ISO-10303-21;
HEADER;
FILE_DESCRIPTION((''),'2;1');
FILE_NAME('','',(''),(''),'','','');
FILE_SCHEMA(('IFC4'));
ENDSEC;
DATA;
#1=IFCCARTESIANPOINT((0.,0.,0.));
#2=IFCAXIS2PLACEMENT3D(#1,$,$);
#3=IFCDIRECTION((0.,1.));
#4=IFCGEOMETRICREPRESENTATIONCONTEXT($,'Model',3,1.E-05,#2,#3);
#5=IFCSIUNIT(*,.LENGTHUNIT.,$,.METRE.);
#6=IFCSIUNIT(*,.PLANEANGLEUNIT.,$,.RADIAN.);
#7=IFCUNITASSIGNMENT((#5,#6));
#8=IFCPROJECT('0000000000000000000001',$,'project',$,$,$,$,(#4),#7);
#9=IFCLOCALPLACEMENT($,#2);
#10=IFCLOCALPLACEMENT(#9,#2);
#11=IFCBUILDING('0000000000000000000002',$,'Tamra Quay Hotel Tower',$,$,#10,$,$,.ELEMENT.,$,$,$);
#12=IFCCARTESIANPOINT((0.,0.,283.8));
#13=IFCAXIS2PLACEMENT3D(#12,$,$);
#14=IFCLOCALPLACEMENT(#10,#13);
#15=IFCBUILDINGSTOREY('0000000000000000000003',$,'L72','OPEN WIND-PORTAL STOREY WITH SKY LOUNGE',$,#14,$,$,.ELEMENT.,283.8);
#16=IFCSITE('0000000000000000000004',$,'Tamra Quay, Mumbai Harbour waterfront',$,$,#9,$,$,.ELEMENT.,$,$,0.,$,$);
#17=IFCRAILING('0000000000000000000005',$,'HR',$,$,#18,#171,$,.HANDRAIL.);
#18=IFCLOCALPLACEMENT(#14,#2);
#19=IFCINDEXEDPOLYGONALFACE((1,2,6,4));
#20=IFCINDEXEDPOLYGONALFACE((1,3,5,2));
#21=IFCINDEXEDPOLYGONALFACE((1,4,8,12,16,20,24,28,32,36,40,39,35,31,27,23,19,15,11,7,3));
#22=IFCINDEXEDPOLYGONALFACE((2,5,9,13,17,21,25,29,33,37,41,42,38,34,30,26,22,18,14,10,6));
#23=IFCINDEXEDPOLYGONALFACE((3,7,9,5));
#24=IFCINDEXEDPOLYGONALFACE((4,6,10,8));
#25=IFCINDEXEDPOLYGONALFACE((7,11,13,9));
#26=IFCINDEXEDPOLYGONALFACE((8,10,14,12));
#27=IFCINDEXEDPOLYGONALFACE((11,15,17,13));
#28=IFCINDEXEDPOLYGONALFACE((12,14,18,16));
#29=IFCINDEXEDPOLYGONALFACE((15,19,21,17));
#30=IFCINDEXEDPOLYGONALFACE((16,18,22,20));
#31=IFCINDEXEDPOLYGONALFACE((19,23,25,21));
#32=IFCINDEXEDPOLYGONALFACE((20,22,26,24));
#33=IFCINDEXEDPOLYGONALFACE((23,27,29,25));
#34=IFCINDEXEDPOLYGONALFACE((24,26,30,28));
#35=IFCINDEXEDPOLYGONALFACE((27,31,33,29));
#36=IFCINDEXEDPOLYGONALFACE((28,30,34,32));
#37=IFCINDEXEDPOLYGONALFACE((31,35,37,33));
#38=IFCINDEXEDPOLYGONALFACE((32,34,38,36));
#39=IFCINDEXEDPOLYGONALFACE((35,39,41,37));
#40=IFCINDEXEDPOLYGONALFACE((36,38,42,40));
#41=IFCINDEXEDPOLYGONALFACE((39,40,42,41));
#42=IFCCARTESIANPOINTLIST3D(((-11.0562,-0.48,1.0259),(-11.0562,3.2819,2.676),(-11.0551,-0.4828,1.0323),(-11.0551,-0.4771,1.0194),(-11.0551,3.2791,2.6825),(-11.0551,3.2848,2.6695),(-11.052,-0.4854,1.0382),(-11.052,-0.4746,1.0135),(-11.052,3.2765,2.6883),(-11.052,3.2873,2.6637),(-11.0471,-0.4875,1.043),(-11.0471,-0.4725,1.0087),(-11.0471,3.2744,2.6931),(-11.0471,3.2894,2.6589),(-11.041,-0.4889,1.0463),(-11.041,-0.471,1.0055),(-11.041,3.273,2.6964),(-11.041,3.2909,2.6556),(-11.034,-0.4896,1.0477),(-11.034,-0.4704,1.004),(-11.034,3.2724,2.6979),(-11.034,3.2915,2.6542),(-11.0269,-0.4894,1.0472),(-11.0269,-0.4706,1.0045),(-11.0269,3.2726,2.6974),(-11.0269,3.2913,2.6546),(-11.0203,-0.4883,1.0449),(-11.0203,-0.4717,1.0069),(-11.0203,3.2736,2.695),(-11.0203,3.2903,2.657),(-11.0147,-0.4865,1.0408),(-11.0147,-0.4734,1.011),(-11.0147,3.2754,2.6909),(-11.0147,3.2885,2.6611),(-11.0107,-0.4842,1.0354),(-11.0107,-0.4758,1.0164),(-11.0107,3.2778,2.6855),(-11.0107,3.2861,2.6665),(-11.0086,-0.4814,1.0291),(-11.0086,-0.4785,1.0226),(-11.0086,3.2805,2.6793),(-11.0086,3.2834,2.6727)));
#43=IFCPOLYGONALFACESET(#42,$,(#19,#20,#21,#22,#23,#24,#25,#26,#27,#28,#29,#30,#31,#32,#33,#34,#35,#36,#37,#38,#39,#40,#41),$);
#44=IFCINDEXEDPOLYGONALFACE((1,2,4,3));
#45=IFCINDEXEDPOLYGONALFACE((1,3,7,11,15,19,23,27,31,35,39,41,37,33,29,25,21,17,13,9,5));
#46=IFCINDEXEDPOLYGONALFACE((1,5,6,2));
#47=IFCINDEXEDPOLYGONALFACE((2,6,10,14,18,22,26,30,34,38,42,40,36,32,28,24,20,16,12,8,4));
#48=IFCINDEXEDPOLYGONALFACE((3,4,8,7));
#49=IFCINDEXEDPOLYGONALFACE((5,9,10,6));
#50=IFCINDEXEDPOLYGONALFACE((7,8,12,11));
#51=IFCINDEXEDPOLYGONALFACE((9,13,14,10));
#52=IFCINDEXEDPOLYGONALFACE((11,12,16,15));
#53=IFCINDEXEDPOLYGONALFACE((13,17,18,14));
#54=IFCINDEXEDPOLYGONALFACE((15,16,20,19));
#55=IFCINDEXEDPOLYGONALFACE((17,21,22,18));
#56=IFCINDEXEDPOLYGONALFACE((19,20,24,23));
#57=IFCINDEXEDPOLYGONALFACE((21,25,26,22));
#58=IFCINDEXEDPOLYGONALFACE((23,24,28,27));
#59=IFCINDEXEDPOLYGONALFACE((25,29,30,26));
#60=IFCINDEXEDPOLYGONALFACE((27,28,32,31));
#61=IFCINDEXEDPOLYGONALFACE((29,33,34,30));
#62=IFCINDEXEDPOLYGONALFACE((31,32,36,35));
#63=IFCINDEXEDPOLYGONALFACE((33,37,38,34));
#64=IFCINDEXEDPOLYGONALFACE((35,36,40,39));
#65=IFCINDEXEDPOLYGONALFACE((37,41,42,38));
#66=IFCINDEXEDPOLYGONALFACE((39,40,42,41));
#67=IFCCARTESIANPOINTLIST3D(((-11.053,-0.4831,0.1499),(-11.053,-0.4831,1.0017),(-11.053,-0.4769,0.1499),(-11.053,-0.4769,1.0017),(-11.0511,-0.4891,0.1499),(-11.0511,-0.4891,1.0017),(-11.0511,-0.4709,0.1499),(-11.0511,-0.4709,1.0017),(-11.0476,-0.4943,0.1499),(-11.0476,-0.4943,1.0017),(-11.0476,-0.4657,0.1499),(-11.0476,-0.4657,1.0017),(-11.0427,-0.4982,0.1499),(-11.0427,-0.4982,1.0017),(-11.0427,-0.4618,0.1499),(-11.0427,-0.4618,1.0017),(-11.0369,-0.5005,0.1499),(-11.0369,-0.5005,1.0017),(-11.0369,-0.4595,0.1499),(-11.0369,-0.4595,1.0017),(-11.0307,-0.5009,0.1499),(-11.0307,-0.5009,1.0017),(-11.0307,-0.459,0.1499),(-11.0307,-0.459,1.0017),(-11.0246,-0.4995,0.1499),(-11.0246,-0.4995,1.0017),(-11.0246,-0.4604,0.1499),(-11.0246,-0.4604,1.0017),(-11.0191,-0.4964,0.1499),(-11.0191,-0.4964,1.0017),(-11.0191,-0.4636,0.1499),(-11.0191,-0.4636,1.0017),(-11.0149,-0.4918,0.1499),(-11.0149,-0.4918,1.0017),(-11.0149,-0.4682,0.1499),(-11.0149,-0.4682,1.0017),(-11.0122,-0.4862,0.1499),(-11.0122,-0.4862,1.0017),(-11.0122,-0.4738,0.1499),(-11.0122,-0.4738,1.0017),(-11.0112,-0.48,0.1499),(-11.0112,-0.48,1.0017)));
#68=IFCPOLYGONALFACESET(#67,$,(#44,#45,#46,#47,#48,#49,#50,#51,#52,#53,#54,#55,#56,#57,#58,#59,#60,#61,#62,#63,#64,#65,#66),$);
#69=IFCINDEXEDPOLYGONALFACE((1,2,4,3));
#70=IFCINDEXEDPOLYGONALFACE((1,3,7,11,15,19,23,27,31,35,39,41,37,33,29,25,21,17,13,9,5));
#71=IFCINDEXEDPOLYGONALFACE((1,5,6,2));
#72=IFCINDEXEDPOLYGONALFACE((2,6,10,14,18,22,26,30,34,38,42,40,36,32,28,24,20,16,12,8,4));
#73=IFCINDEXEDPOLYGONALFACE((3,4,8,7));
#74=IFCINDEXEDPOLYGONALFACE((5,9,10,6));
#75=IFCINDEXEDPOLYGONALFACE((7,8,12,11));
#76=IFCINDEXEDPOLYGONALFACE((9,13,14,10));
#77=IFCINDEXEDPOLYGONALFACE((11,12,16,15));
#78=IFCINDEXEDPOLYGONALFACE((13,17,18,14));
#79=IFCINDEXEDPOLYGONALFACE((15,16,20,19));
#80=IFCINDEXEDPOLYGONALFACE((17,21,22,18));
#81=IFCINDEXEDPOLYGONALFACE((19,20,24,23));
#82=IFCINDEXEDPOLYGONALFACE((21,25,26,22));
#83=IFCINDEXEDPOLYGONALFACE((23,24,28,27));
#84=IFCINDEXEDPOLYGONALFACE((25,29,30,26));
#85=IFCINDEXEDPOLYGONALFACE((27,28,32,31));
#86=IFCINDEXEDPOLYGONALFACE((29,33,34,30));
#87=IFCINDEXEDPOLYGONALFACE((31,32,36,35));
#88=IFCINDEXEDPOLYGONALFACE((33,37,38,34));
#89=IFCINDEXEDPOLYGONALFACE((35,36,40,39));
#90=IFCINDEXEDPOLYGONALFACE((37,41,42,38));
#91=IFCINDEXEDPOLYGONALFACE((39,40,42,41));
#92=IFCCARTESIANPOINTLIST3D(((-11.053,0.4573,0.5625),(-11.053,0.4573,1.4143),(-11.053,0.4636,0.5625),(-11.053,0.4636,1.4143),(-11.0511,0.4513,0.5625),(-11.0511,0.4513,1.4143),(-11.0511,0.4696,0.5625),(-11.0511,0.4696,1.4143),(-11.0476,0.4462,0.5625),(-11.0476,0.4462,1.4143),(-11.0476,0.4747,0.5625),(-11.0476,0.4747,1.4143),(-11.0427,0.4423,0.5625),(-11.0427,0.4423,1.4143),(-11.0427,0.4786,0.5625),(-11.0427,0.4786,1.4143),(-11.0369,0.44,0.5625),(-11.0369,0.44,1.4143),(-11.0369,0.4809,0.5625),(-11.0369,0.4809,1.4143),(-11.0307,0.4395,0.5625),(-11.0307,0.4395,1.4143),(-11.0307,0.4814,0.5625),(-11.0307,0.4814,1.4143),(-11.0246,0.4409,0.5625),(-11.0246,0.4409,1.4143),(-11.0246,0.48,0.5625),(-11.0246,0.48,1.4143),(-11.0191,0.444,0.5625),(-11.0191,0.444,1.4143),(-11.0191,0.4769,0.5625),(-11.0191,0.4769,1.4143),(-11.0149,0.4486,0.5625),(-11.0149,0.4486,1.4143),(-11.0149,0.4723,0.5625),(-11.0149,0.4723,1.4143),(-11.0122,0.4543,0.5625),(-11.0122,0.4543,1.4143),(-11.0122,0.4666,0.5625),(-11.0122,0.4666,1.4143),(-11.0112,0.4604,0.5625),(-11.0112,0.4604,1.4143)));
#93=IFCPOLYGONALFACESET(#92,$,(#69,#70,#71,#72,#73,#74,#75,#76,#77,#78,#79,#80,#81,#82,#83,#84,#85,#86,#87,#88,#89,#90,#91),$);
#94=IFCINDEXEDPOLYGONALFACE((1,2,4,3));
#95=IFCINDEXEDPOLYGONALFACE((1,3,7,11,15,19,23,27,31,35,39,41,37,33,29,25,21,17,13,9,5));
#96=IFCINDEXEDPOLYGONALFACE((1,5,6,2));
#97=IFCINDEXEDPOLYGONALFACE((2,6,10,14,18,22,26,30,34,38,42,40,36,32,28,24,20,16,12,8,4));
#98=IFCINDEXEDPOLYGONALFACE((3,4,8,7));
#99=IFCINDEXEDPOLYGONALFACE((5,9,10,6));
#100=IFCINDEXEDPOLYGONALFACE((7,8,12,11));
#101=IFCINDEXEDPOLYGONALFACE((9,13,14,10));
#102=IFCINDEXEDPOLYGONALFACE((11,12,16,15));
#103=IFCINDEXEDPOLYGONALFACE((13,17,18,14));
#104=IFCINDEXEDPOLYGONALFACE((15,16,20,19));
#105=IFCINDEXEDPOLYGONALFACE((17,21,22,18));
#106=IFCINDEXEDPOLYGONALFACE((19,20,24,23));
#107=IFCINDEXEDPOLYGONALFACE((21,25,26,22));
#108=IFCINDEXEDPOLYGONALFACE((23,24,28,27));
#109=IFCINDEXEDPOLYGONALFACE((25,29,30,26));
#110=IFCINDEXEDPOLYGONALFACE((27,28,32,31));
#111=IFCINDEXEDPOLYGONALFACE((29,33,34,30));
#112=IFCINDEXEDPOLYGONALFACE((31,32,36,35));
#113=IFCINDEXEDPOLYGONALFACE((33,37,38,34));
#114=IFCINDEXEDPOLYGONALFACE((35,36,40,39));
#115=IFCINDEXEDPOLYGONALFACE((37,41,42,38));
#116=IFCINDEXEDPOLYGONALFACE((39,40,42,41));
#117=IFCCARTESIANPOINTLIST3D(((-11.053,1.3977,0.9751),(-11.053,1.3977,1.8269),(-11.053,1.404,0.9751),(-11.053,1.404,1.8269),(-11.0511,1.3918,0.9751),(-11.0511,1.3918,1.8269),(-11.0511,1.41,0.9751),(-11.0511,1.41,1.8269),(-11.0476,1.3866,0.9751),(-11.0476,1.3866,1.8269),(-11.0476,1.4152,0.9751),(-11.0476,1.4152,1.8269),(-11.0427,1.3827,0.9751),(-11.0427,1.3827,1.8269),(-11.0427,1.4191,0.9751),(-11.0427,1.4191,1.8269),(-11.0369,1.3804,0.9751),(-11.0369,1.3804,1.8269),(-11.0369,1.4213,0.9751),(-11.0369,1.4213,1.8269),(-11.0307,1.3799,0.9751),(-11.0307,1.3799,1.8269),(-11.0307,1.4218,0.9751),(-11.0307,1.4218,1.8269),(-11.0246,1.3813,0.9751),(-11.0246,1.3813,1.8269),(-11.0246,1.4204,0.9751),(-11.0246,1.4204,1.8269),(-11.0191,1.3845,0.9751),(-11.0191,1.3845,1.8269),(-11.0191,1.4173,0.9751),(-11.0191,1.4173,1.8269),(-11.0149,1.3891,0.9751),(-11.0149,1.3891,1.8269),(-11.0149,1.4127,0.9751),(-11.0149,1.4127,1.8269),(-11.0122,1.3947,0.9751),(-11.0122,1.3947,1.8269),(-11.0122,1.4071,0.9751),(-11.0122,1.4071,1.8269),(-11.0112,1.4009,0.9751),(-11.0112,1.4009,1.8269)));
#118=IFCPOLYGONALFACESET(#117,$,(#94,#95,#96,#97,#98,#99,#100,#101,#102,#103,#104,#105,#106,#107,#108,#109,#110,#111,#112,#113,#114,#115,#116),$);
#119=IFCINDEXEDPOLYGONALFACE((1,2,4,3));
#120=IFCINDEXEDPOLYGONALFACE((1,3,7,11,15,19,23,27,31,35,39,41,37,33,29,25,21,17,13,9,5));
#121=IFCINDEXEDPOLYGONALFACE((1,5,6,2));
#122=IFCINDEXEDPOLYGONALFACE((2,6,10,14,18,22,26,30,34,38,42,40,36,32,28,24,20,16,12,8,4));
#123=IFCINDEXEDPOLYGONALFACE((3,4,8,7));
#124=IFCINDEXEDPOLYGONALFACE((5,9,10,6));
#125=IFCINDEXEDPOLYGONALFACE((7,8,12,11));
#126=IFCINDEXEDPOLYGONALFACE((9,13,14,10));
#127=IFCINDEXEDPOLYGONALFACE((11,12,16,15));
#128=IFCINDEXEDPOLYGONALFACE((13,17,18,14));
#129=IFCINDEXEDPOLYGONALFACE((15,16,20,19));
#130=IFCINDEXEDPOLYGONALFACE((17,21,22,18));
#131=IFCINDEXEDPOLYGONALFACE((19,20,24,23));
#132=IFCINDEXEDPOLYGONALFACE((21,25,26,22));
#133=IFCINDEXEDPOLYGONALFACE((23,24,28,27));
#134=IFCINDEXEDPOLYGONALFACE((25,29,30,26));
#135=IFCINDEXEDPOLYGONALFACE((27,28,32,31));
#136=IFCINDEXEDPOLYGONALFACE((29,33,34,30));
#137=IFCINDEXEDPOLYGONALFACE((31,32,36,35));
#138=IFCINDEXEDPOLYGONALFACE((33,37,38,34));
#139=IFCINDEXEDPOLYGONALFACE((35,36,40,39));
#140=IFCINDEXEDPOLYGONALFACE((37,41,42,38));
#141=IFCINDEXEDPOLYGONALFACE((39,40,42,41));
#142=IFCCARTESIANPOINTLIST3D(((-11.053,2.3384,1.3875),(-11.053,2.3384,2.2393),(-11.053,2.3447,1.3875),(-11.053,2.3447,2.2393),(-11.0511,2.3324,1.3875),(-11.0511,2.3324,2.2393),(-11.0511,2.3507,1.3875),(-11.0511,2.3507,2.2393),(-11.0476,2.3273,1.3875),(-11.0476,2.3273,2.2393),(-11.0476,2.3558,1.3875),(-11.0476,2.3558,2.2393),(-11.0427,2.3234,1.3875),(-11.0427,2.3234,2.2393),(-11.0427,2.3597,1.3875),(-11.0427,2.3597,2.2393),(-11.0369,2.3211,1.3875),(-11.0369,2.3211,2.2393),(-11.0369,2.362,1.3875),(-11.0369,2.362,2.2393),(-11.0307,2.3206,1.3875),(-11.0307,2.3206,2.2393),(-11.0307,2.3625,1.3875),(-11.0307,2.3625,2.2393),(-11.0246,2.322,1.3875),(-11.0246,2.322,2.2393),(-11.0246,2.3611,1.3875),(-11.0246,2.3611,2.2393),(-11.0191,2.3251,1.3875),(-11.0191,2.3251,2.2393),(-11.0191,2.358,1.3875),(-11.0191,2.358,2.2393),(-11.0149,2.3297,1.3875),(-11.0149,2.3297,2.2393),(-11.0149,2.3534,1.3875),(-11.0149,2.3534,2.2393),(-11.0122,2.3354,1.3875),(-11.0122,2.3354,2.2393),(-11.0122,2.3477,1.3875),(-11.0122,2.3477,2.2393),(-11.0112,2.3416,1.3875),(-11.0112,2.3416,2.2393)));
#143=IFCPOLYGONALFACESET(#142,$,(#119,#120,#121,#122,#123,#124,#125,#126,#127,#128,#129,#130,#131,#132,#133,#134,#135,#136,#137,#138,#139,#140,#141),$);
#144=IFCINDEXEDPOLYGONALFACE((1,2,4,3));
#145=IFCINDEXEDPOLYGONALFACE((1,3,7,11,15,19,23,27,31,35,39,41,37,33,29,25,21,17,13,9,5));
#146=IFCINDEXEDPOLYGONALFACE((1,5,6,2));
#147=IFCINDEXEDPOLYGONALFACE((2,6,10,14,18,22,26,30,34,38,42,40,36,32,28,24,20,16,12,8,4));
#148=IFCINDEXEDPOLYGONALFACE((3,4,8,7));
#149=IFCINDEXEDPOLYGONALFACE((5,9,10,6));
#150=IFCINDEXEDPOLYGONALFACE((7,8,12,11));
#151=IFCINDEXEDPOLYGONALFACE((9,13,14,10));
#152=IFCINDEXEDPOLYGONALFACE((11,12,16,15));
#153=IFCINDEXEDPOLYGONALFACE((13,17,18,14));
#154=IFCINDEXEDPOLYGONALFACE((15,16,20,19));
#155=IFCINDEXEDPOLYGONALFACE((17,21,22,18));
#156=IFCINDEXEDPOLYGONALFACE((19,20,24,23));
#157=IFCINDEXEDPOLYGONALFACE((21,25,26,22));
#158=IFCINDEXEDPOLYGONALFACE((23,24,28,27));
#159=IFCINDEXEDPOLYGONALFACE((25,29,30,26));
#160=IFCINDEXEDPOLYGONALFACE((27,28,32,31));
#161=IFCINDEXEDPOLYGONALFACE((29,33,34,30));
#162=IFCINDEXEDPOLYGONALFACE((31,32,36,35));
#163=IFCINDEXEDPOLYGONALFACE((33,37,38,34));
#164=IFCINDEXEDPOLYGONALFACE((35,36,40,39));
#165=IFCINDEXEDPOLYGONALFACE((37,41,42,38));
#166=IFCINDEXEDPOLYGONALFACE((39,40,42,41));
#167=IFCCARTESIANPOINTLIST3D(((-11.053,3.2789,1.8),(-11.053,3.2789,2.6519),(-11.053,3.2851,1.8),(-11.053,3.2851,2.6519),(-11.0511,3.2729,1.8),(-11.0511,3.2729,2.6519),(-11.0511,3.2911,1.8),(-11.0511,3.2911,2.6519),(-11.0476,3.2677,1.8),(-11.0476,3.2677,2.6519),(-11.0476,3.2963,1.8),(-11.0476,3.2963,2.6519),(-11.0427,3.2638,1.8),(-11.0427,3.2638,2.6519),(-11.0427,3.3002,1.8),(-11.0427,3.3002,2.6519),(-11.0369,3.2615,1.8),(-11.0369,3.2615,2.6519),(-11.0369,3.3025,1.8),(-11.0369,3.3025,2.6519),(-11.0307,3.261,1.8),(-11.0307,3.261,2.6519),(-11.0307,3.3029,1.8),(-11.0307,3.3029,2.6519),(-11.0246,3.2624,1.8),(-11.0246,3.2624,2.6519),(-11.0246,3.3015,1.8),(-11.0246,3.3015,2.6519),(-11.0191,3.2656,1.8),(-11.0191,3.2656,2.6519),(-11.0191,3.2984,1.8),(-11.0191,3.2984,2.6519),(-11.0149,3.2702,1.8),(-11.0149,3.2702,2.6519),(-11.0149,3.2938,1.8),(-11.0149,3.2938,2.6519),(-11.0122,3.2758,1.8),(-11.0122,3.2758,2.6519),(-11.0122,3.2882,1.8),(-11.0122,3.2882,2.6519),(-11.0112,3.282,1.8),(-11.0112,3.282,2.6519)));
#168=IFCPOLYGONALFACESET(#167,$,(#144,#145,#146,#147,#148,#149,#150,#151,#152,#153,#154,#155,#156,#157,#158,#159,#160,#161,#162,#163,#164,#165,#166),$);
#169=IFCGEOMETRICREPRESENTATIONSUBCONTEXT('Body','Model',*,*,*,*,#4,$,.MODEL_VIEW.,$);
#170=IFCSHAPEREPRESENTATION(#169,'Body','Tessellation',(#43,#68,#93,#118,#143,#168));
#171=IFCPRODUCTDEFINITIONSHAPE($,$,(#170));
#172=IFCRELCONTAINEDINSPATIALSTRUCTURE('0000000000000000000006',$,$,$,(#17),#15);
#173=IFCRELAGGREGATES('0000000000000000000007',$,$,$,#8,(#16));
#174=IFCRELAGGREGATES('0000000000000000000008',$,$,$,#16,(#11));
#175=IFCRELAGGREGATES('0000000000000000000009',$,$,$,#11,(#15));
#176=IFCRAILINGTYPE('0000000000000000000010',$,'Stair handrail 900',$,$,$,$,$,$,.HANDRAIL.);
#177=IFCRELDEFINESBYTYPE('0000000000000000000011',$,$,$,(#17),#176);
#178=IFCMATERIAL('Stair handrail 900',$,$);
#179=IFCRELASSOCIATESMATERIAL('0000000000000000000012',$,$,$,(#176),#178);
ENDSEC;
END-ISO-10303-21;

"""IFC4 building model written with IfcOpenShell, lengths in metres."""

from ifc_helpers import new_model, si_unit, direction, frame, origin, origin_2d, place, context, subcontext, project, spatial, circle, extrude, material, type_object, element, save


model = new_model("IFC4")

# Units and contexts
model_context = context("Model", 3, precision=1e-05, world=origin(), true_north=direction((0.0, 1.0)))
body_context = subcontext(model_context, "Body", "Model", "MODEL_VIEW")
ifc_project = project(units=[si_unit("LENGTHUNIT", "METRE"), si_unit("PLANEANGLEUNIT", "RADIAN")], contexts=[model_context])

# Site, building, storey
site_placement = place(None, origin())
site = spatial("IfcSite", under=ifc_project, at=site_placement, Name="Tamra Quay, Mumbai Harbour waterfront", CompositionType="ELEMENT", RefElevation=0.0)
building_placement = place(site_placement, origin())
building = spatial("IfcBuilding", under=site, at=building_placement, Name="Tamra Quay Hotel Tower", CompositionType="ELEMENT")
storey_placement = place(building_placement, frame((0.0, 0.0, 283.8)))
storey = spatial("IfcBuildingStorey", under=building, at=storey_placement, Name="L72", Description="OPEN WIND-PORTAL STOREY WITH SKY LOUNGE", CompositionType="ELEMENT", Elevation=283.8)

# Railing
ifc_material_1 = material(Name="Stair handrail 900")
railing_type_1 = type_object("IfcRailingType", Name="Stair handrail 900", PredefinedType="HANDRAIL", material=ifc_material_1)
railing_1_placement = place(storey_placement, frame((-11.0322, -0.48, 0.1499)))
element("IfcRailing", 1, at=railing_1_placement, inside=storey, type_object=railing_type_1, Name="HR", PredefinedType="HANDRAIL", context=body_context, shape_type="SweptSolid", body=[
    extrude(circle(Radius=0.0239, at=origin_2d()), frame((0.0, 0.0, 0.876), z_axis=(0.0, 0.915774, 0.401695), x_axis=(-1.0, 0.0, 0.0)), (0.0, 0.0, 1.0), 4.1079),
    extrude(circle(Radius=0.021, at=origin_2d()), origin(), (0.0, 0.0, 1.0), 0.8518),
    extrude(circle(Radius=0.021, at=origin_2d()), frame((0.0, 0.9404, 0.4126)), (0.0, 0.0, 1.0), 0.8518),
    extrude(circle(Radius=0.021, at=origin_2d()), frame((0.0, 1.8809, 0.8252)), (0.0, 0.0, 1.0), 0.8518),
    extrude(circle(Radius=0.021, at=origin_2d()), frame((0.0, 2.8215, 1.2375)), (0.0, 0.0, 1.0), 0.8518),
    extrude(circle(Radius=0.021, at=origin_2d()), frame((0.0, 3.762, 1.6501)), (0.0, 0.0, 1.0), 0.8518),
])

save(model, "model.ifc")
